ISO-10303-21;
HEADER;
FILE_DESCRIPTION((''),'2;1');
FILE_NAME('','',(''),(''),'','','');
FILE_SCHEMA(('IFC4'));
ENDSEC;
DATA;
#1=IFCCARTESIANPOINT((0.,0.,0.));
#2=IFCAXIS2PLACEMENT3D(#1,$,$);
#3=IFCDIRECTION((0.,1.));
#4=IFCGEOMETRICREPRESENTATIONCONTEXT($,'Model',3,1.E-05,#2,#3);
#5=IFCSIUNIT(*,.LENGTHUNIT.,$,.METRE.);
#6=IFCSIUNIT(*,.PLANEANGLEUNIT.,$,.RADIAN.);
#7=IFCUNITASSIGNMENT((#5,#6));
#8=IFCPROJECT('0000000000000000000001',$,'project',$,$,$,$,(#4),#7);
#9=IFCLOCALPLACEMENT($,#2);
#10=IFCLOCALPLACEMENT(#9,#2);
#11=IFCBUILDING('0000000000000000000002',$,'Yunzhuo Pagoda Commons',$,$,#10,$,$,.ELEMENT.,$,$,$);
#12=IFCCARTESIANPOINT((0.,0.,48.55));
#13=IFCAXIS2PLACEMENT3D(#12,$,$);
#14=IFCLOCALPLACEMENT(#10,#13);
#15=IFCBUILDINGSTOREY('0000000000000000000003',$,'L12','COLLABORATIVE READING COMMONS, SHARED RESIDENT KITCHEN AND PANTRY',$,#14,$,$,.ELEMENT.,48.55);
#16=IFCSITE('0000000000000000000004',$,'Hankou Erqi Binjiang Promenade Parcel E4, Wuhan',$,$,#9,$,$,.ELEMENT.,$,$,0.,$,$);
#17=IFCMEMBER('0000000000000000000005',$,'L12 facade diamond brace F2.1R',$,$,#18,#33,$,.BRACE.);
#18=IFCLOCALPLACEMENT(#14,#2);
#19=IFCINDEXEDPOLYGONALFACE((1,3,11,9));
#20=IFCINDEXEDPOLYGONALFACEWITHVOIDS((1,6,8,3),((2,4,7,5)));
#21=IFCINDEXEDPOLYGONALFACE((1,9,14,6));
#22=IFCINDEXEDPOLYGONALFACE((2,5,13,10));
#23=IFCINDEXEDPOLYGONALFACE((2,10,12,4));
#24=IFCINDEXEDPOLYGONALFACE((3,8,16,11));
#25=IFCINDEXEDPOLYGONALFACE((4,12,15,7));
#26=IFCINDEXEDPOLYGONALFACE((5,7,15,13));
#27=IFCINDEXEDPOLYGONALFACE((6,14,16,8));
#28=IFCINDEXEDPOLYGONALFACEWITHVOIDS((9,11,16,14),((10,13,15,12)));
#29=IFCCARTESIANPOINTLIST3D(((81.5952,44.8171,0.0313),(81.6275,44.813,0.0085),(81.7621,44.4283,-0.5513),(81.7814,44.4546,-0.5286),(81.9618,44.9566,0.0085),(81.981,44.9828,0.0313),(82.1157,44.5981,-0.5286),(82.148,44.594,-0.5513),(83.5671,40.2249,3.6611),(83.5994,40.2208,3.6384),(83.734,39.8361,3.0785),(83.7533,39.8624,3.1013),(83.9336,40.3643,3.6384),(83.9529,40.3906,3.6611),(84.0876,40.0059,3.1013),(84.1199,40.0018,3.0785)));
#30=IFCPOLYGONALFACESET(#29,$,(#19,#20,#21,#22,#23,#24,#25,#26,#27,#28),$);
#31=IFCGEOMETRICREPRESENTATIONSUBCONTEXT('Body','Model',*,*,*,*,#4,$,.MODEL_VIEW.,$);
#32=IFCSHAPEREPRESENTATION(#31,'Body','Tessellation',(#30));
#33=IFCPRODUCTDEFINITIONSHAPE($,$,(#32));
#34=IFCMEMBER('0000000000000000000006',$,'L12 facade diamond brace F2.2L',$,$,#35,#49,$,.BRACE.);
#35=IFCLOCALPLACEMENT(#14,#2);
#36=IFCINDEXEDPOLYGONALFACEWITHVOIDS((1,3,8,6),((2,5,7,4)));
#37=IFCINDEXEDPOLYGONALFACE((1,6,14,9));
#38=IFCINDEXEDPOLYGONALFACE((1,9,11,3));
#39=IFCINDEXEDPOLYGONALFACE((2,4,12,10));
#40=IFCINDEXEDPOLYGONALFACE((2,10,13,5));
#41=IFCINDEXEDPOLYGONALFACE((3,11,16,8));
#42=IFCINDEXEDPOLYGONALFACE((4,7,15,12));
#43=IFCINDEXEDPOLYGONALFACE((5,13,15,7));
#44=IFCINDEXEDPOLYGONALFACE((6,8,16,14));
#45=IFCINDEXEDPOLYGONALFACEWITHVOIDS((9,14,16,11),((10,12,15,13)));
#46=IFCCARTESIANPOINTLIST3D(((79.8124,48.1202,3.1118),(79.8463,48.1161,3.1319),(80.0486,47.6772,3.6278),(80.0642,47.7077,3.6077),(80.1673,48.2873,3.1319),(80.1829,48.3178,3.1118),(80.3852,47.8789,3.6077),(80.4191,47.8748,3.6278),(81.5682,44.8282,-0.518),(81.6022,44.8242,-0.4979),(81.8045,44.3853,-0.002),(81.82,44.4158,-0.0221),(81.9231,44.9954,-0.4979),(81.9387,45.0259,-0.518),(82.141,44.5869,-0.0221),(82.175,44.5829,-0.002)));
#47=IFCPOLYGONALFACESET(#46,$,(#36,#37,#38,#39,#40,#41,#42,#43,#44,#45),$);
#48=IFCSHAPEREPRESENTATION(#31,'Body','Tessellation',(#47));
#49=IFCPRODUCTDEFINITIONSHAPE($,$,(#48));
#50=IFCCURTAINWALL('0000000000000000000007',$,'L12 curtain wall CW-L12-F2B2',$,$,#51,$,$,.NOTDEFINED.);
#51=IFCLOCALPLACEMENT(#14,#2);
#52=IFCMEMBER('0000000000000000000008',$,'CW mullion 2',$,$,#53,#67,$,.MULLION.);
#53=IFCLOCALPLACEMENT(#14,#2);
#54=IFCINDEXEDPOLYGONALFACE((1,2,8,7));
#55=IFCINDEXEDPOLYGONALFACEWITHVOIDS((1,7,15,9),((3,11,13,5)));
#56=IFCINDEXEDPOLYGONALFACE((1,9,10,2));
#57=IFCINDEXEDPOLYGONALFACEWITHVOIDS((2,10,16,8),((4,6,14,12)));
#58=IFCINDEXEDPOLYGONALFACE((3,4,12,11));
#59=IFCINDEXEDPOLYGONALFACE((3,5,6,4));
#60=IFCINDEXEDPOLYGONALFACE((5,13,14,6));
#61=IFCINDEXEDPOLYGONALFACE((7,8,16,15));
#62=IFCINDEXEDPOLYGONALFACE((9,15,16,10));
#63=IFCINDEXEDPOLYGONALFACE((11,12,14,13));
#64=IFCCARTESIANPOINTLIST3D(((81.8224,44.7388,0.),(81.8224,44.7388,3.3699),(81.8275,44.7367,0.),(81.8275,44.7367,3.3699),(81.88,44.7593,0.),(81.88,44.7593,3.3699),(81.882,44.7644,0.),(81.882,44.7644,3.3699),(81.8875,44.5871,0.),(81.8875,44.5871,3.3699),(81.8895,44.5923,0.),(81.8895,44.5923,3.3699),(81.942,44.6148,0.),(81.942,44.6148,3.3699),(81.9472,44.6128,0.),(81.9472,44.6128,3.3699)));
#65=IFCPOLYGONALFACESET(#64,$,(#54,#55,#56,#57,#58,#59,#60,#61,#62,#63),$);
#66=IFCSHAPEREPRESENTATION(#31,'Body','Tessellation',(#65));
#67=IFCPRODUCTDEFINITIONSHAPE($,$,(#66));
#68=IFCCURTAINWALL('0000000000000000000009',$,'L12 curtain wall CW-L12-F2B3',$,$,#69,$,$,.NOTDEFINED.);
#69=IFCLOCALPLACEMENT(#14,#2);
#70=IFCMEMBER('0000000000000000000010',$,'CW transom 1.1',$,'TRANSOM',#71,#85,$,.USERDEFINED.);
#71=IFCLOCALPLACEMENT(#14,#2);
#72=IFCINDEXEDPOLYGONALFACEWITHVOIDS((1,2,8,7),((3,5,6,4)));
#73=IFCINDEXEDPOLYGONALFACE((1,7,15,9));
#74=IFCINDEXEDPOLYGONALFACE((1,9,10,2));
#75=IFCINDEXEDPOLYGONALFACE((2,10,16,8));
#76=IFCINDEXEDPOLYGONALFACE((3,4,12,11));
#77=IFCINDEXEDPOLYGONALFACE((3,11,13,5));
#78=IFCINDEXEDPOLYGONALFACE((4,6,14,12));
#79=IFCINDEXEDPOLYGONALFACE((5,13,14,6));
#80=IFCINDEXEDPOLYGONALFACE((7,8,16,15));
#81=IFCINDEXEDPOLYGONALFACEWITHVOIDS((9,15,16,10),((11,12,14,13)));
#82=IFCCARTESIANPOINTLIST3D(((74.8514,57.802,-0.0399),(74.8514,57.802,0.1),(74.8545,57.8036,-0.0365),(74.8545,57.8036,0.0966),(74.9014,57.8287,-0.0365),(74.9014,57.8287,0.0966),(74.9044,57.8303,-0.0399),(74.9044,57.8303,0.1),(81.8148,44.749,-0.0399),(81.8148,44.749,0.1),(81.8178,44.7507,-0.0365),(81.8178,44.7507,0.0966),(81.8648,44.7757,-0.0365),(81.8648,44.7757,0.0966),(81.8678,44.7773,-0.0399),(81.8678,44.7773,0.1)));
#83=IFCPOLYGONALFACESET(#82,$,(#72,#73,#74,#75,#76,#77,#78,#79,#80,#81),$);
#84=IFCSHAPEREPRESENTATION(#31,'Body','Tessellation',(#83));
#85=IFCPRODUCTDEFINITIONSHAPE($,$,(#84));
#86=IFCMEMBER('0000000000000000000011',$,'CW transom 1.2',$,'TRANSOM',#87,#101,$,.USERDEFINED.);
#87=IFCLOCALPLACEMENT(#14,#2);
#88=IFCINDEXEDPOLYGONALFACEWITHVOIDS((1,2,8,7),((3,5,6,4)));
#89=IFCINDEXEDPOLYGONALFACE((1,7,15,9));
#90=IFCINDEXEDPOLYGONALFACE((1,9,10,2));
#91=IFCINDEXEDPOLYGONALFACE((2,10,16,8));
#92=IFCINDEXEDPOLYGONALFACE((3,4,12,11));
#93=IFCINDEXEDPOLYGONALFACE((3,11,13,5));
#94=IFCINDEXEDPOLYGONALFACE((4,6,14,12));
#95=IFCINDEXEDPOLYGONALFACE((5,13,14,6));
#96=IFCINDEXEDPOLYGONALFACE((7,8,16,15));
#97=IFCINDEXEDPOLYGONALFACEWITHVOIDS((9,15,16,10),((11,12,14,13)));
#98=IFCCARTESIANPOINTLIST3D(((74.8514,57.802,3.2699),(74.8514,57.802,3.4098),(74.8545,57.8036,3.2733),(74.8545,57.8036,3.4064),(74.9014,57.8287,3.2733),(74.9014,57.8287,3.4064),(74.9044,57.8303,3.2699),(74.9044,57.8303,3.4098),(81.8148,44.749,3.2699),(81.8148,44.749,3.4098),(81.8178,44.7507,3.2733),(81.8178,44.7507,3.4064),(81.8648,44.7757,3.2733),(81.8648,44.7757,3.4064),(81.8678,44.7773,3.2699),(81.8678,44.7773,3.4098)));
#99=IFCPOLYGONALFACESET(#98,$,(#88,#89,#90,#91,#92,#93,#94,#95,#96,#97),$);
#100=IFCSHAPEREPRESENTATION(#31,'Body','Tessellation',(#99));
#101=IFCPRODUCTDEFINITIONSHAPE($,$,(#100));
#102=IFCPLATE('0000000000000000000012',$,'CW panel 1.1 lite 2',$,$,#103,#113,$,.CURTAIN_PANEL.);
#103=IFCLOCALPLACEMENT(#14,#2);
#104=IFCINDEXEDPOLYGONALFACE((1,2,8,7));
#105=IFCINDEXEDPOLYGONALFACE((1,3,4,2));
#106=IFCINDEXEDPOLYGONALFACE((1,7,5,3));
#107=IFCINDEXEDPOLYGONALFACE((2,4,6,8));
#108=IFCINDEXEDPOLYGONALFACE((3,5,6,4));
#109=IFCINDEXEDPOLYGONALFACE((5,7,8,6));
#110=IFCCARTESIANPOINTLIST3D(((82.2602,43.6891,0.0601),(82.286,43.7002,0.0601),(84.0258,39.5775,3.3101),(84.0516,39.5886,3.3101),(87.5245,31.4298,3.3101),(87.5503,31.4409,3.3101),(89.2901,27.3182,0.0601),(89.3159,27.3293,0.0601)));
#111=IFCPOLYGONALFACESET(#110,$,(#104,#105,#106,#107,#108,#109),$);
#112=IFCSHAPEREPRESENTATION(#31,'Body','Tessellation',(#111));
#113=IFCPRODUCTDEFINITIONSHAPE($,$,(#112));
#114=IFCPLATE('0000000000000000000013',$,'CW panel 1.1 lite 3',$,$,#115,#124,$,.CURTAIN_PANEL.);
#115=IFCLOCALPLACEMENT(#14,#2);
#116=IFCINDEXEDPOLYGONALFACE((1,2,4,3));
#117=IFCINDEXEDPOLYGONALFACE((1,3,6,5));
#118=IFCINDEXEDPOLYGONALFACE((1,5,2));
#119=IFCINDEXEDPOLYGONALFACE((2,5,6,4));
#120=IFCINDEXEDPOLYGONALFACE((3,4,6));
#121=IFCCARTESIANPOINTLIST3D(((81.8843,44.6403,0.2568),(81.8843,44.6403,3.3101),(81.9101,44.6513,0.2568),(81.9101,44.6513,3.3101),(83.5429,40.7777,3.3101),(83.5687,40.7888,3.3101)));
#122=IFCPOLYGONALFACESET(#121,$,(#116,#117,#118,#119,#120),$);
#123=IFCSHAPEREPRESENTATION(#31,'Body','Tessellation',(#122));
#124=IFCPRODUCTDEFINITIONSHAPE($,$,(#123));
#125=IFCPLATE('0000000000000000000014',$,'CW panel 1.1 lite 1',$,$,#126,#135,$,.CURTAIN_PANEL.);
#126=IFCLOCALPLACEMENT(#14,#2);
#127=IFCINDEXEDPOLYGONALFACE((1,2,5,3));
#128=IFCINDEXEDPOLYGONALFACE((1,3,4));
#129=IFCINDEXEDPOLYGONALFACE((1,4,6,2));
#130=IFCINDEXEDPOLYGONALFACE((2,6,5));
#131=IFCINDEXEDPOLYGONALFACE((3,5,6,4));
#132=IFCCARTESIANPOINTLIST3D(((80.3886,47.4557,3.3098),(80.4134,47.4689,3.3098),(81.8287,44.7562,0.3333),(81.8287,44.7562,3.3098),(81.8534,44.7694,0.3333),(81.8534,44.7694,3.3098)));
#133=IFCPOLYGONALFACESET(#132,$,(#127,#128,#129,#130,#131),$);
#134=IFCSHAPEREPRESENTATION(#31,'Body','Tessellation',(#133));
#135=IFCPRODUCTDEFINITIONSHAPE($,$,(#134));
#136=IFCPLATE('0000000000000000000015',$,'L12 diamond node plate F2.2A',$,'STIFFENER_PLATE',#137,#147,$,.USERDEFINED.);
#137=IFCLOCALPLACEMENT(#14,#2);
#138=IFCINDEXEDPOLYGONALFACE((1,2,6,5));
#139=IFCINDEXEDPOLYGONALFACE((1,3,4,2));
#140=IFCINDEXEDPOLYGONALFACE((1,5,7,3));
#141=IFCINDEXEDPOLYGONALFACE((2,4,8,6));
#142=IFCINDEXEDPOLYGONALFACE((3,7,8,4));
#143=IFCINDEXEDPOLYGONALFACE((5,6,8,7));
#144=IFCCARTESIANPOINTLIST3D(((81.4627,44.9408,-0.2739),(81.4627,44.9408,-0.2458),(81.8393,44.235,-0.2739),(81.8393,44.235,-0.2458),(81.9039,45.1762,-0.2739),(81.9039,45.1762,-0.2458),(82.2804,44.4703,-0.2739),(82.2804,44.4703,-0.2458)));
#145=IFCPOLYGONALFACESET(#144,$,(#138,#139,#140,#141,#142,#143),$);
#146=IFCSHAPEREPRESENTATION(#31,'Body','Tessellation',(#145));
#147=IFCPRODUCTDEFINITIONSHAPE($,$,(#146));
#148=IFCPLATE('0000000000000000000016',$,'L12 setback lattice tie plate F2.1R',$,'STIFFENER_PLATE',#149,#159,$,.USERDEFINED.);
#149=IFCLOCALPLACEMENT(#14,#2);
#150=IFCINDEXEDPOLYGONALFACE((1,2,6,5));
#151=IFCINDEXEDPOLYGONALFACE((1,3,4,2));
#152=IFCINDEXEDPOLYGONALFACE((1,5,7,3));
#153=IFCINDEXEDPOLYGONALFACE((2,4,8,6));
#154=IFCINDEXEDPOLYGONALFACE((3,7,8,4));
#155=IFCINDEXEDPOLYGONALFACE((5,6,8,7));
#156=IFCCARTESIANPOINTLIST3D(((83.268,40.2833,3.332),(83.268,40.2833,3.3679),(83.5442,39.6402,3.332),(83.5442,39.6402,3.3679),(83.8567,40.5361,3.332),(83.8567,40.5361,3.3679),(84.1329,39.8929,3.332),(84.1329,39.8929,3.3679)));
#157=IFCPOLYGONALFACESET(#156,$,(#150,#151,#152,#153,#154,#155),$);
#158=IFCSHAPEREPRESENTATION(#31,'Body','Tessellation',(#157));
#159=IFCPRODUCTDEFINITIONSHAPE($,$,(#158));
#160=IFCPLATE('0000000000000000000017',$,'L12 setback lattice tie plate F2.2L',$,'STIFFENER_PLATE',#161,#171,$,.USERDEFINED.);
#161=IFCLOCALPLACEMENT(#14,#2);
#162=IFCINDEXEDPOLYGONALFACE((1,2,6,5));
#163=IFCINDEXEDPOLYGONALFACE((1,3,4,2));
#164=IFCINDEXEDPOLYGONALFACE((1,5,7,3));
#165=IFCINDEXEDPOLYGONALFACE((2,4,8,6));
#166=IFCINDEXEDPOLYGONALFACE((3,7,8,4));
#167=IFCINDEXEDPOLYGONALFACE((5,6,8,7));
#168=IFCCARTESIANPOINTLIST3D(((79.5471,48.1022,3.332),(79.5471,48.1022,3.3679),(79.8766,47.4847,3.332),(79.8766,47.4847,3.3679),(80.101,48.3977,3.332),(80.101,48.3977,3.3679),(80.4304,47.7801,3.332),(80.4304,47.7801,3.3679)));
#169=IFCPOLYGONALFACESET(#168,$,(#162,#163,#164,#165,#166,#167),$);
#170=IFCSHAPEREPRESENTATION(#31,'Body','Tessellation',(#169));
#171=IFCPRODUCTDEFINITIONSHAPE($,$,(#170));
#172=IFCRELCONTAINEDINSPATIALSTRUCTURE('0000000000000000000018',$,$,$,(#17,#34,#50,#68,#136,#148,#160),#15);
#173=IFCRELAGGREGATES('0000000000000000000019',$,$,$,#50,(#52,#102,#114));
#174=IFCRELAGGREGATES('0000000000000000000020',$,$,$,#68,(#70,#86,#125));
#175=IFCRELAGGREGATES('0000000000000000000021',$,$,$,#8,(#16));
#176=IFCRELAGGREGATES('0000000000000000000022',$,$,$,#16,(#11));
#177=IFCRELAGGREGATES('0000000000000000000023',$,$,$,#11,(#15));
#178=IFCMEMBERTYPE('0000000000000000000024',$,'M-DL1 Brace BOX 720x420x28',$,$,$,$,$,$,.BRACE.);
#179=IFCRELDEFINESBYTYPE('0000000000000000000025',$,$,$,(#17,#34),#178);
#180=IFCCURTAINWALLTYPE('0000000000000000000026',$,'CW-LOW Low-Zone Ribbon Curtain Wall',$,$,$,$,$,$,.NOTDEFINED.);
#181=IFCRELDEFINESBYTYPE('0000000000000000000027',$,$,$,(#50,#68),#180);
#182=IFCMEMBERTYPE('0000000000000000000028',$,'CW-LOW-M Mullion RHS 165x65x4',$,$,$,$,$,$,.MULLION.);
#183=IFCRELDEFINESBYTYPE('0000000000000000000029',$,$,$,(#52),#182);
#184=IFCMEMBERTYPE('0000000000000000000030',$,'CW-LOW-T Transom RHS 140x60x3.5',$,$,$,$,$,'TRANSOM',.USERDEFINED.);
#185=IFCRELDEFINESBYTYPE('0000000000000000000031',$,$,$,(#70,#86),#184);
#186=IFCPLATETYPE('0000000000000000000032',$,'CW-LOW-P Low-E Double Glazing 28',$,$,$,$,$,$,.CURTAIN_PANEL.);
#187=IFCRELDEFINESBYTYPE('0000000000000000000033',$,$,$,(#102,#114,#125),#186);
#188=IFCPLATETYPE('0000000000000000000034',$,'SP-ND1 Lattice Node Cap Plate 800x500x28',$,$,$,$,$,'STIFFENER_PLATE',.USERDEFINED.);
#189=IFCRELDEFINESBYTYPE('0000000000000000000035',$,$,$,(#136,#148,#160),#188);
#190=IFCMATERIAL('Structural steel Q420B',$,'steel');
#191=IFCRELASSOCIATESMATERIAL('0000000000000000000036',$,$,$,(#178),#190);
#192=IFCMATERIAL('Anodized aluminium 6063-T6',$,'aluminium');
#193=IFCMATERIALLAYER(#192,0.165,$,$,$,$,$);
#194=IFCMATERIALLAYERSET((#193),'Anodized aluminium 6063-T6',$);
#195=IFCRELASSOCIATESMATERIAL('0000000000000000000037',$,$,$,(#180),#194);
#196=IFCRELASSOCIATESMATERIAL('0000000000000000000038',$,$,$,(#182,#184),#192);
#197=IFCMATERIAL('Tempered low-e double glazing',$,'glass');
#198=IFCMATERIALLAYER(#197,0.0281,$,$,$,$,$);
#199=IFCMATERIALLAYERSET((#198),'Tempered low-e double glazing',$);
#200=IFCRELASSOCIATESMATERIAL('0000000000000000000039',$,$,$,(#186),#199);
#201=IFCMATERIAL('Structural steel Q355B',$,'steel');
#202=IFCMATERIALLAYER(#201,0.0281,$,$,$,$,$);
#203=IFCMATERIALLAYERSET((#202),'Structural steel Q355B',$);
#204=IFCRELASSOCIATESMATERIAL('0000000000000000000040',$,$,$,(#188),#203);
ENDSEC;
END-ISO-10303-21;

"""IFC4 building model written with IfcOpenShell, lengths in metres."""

from ifc_helpers import new_model, si_unit, direction, frame, origin, origin_2d, place, context, subcontext, project, spatial, polyline, rectangle, hollow_rectangle, outline, extrude, source, transform, mapped, material, layer, layer_set, material_profile, profile_set, type_object, element, aggregate, save


model = new_model("IFC4")

# Units and contexts
model_context = context("Model", 3, precision=1e-05, world=origin(), true_north=direction((0.0, 1.0)))
body_context = subcontext(model_context, "Body", "Model", "MODEL_VIEW")
ifc_project = project(units=[si_unit("LENGTHUNIT", "METRE"), si_unit("PLANEANGLEUNIT", "RADIAN")], contexts=[model_context])

# Site, building, storey
site_placement = place(None, origin())
site = spatial("IfcSite", under=ifc_project, at=site_placement, Name="Hankou Erqi Binjiang Promenade Parcel E4, Wuhan", CompositionType="ELEMENT", RefElevation=0.0)
building_placement = place(site_placement, origin())
building = spatial("IfcBuilding", under=site, at=building_placement, Name="Yunzhuo Pagoda Commons", CompositionType="ELEMENT")
storey_placement = place(building_placement, frame((0.0, 0.0, 48.55)))
storey = spatial("IfcBuildingStorey", under=building, at=storey_placement, Name="L12", Description="COLLABORATIVE READING COMMONS, SHARED RESIDENT KITCHEN AND PANTRY", CompositionType="ELEMENT", Elevation=48.55)

# Shared definitions
ifc_material_1 = material(Name="Structural steel Q420B", Category="steel")

# Shared definitions
ifc_material_2 = material(Name="Structural steel Q355B", Category="steel")

# Members
ifc_material_profile_1 = material_profile(ifc_material_1, hollow_rectangle(XDim=0.4199, YDim=0.72, WallThickness=0.0281, at=origin_2d()), Name="Structural steel Q420B")
ifc_profile_set_1 = profile_set([ifc_material_profile_1], Name="Structural steel Q420B")
member_type_1 = type_object("IfcMemberType", Name="M-DL1 Brace BOX 720x420x28", PredefinedType="BRACE", material=ifc_profile_set_1)
shared_shape_1 = source(origin(), body_context, "Body", "SweptSolid", [
    extrude(hollow_rectangle(XDim=0.4199, YDim=0.72, WallThickness=0.0281, at=origin_2d()), origin(), (0.0, 0.0, 1.0), 6.1768),
])
member_1_placement = place(storey_placement, frame((81.8716, 44.7056, -0.26), z_axis=(0.319244, -0.743466, 0.587658), x_axis=(0.918869, 0.394562, 0.0)))
element("IfcMember", 1, at=member_1_placement, inside=storey, type_object=member_type_1, Name="L12 facade diamond brace F2.1R", PredefinedType="BRACE", context=body_context, shape_type="MappedRepresentation", body=[
    mapped(shared_shape_1, transform((0.0, 0.0, 0.0), scale=1.0)),
])
shared_shape_2 = source(origin(), body_context, "Body", "SweptSolid", [
    extrude(hollow_rectangle(XDim=0.4199, YDim=0.72, WallThickness=0.0281, at=origin_2d()), origin(), (0.0, 0.0, 1.0), 5.2053),
])
member_2_placement = place(storey_placement, frame((81.8716, 44.7056, -0.26), z_axis=(-0.337314, 0.632417, 0.697329), x_axis=(-0.882338, -0.470615, 0.0)))
element("IfcMember", 2, at=member_2_placement, inside=storey, type_object=member_type_1, Name="L12 facade diamond brace F2.2L", PredefinedType="BRACE", context=body_context, shape_type="MappedRepresentation", body=[
    mapped(shared_shape_2, transform((0.0, 0.0, 0.0), scale=1.0)),
])

# Curtain wall, member
ifc_material_3 = material(Name="Anodized aluminium 6063-T6", Category="aluminium")
ifc_layer_1 = layer(ifc_material_3, 0.165)
ifc_layer_set_1 = layer_set([ifc_layer_1], Name="Anodized aluminium 6063-T6")
curtain_wall_type = type_object("IfcCurtainWallType", Name="CW-LOW Low-Zone Ribbon Curtain Wall", PredefinedType="NOTDEFINED", material=ifc_layer_set_1)
curtain_wall_1_placement = place(storey_placement, origin())
curtain_wall_1 = element("IfcCurtainWall", 3, at=curtain_wall_1_placement, inside=storey, type_object=curtain_wall_type, Name="L12 curtain wall CW-L12-F2B2", PredefinedType="NOTDEFINED")
ifc_material_profile_2 = material_profile(ifc_material_3, hollow_rectangle(XDim=0.0649, YDim=0.165, WallThickness=0.0039, at=origin_2d()), Name="Anodized aluminium 6063-T6")
ifc_profile_set_2 = profile_set([ifc_material_profile_2], Name="Anodized aluminium 6063-T6")
member_type_2 = type_object("IfcMemberType", Name="CW-LOW-M Mullion RHS 165x65x4", PredefinedType="MULLION", material=ifc_profile_set_2)
shared_shape_3 = source(origin(), body_context, "Body", "SweptSolid", [
    extrude(hollow_rectangle(XDim=0.0649, YDim=0.165, WallThickness=0.0039, at=origin_2d()), origin(), (0.0, 0.0, 1.0), 3.3699),
])
member_3_placement = place(storey_placement, frame((81.8848, 44.6758, 0.0), z_axis=(0.0, 0.0, 1.0), x_axis=(-0.918866, -0.394571, 0.0)))
member_3 = element("IfcMember", 4, at=member_3_placement, type_object=member_type_2, Name="CW mullion 2", PredefinedType="MULLION", context=body_context, shape_type="MappedRepresentation", body=[
    mapped(shared_shape_3, transform((0.0, 0.0, 0.0), scale=1.0)),
])

# Curtain wall, members
curtain_wall_2_placement = place(storey_placement, origin())
curtain_wall_2 = element("IfcCurtainWall", 5, at=curtain_wall_2_placement, inside=storey, type_object=curtain_wall_type, Name="L12 curtain wall CW-L12-F2B3", PredefinedType="NOTDEFINED")
ifc_material_profile_3 = material_profile(ifc_material_3, hollow_rectangle(XDim=0.0601, YDim=0.1399, WallThickness=0.0034, at=origin_2d()), Name="Anodized aluminium 6063-T6")
ifc_profile_set_3 = profile_set([ifc_material_profile_3], Name="Anodized aluminium 6063-T6")
member_type_3 = type_object("IfcMemberType", Name="CW-LOW-T Transom RHS 140x60x3.5", ElementType="TRANSOM", PredefinedType="USERDEFINED", material=ifc_profile_set_3)
shared_shape_4 = source(origin(), body_context, "Body", "SweptSolid", [
    extrude(hollow_rectangle(XDim=0.0601, YDim=0.1399, WallThickness=0.0034, at=origin_2d()), origin(), (0.0, 0.0, 1.0), 14.7942),
])
member_4_placement = place(storey_placement, frame((81.8413, 44.7632, 0.03), z_axis=(-0.470682, 0.882303, 0.0), x_axis=(-0.882303, -0.470682, 0.0)))
member_4 = element("IfcMember", 6, at=member_4_placement, type_object=member_type_3, Name="CW transom 1.1", ObjectType="TRANSOM", PredefinedType="USERDEFINED", context=body_context, shape_type="MappedRepresentation", body=[
    mapped(shared_shape_4, transform((0.0, 0.0, 0.0), scale=1.0)),
])
member_5_placement = place(storey_placement, frame((81.8413, 44.7632, 3.3398), z_axis=(-0.470682, 0.882303, 0.0), x_axis=(-0.882303, -0.470682, 0.0)))
member_5 = element("IfcMember", 7, at=member_5_placement, type_object=member_type_3, Name="CW transom 1.2", ObjectType="TRANSOM", PredefinedType="USERDEFINED", context=body_context, shape_type="MappedRepresentation", body=[
    mapped(shared_shape_4, transform((0.0, 0.0, 0.0), scale=1.0)),
])

# Plates
ifc_material_4 = material(Name="Tempered low-e double glazing", Category="glass")
ifc_layer_2 = layer(ifc_material_4, 0.0281)
ifc_layer_set_2 = layer_set([ifc_layer_2], Name="Tempered low-e double glazing")
plate_type_1 = type_object("IfcPlateType", Name="CW-LOW-P Low-E Double Glazing 28", PredefinedType="CURTAIN_PANEL", material=ifc_layer_set_2)
plate_1_placement = place(storey_placement, frame((85.7751, 35.5037, 1.6851), z_axis=(0.918866, 0.394571, 0.0), x_axis=(-0.394571, 0.918866, 0.0)))
plate_1 = element("IfcPlate", 8, at=plate_1_placement, type_object=plate_type_1, Name="CW panel 1.1 lite 2", PredefinedType="CURTAIN_PANEL", context=body_context, shape_type="SweptSolid", body=[
    extrude(outline(polyline([(-8.9082, -1.625), (8.9082, -1.625), (4.4336, 1.625), (-4.4336, 1.625), (-8.9082, -1.625)])), origin(), (0.0, 0.0, 1.0), 0.0281),
])
plate_2_placement = place(storey_placement, frame((82.7136, 42.709, 1.7834), z_axis=(0.918866, 0.394571, 0.0), x_axis=(-0.394571, 0.918866, 0.0)))
plate_2 = element("IfcPlate", 9, at=plate_2_placement, type_object=plate_type_1, Name="CW panel 1.1 lite 3", PredefinedType="CURTAIN_PANEL", context=body_context, shape_type="SweptSolid", body=[
    extrude(outline(polyline([(-2.1018, 1.5266), (2.1018, -1.5266), (2.1018, 1.5266), (-2.1018, 1.5266)])), origin(), (0.0, 0.0, 1.0), 0.0281),
])
aggregate(curtain_wall_1, [member_3, plate_1, plate_2])
plate_3_placement = place(storey_placement, frame((81.1086, 46.106, 1.8215), z_axis=(0.882309, 0.47067, 0.0), x_axis=(-0.47067, 0.882309, 0.0)))
plate_3 = element("IfcPlate", 10, at=plate_3_placement, type_object=plate_type_1, Name="CW panel 1.1 lite 1", PredefinedType="CURTAIN_PANEL", context=body_context, shape_type="SweptSolid", body=[
    extrude(outline(polyline([(-1.5298, -1.4883), (1.5298, 1.4883), (-1.5298, 1.4883), (-1.5298, -1.4883)])), origin(), (0.0, 0.0, 1.0), 0.0281),
])
aggregate(curtain_wall_2, [member_4, member_5, plate_3])

# Plates
ifc_layer_3 = layer(ifc_material_2, 0.0281)
ifc_layer_set_3 = layer_set([ifc_layer_3], Name="Structural steel Q355B")
plate_type_2 = type_object("IfcPlateType", Name="SP-ND1 Lattice Node Cap Plate 800x500x28", ElementType="STIFFENER_PLATE", PredefinedType="USERDEFINED", material=ifc_layer_set_3)
shared_shape_5 = source(origin(), body_context, "Body", "SweptSolid", [
    extrude(rectangle(XDim=0.8, YDim=0.5, at=origin_2d()), origin(), (0.0, 0.0, 1.0), 0.0281),
])
plate_4_placement = place(storey_placement, frame((81.8716, 44.7056, -0.2739), z_axis=(0.0, 0.0, 1.0), x_axis=(-0.470673, 0.882308, 0.0)))
element("IfcPlate", 11, at=plate_4_placement, inside=storey, type_object=plate_type_2, Name="L12 diamond node plate F2.2A", ObjectType="STIFFENER_PLATE", PredefinedType="USERDEFINED", context=body_context, shape_type="MappedRepresentation", body=[
    mapped(shared_shape_5, transform((0.0, 0.0, 0.0), scale=1.0)),
])
shared_shape_6 = source(origin(), body_context, "Body", "SweptSolid", [
    extrude(rectangle(XDim=0.7, YDim=0.6406, at=origin_2d()), origin(), (0.0, 0.0, 1.0), 0.0359),
])
plate_5_placement = place(storey_placement, frame((83.7004, 40.0881, 3.332), z_axis=(0.0, 0.0, 1.0), x_axis=(-0.394567, 0.918867, 0.0)))
element("IfcPlate", 12, at=plate_5_placement, inside=storey, type_object=plate_type_2, Name="L12 setback lattice tie plate F2.1R", ObjectType="STIFFENER_PLATE", PredefinedType="USERDEFINED", context=body_context, shape_type="MappedRepresentation", body=[
    mapped(shared_shape_6, transform((0.0, 0.0, 0.0), scale=1.0)),
])
shared_shape_7 = source(origin(), body_context, "Body", "SweptSolid", [
    extrude(rectangle(XDim=0.7, YDim=0.6277, at=origin_2d()), origin(), (0.0, 0.0, 1.0), 0.0359),
])
plate_6_placement = place(storey_placement, frame((79.9888, 47.9412, 3.332), z_axis=(0.0, 0.0, 1.0), x_axis=(-0.470673, 0.882308, 0.0)))
element("IfcPlate", 13, at=plate_6_placement, inside=storey, type_object=plate_type_2, Name="L12 setback lattice tie plate F2.2L", ObjectType="STIFFENER_PLATE", PredefinedType="USERDEFINED", context=body_context, shape_type="MappedRepresentation", body=[
    mapped(shared_shape_7, transform((0.0, 0.0, 0.0), scale=1.0)),
])

save(model, "model.ifc")
